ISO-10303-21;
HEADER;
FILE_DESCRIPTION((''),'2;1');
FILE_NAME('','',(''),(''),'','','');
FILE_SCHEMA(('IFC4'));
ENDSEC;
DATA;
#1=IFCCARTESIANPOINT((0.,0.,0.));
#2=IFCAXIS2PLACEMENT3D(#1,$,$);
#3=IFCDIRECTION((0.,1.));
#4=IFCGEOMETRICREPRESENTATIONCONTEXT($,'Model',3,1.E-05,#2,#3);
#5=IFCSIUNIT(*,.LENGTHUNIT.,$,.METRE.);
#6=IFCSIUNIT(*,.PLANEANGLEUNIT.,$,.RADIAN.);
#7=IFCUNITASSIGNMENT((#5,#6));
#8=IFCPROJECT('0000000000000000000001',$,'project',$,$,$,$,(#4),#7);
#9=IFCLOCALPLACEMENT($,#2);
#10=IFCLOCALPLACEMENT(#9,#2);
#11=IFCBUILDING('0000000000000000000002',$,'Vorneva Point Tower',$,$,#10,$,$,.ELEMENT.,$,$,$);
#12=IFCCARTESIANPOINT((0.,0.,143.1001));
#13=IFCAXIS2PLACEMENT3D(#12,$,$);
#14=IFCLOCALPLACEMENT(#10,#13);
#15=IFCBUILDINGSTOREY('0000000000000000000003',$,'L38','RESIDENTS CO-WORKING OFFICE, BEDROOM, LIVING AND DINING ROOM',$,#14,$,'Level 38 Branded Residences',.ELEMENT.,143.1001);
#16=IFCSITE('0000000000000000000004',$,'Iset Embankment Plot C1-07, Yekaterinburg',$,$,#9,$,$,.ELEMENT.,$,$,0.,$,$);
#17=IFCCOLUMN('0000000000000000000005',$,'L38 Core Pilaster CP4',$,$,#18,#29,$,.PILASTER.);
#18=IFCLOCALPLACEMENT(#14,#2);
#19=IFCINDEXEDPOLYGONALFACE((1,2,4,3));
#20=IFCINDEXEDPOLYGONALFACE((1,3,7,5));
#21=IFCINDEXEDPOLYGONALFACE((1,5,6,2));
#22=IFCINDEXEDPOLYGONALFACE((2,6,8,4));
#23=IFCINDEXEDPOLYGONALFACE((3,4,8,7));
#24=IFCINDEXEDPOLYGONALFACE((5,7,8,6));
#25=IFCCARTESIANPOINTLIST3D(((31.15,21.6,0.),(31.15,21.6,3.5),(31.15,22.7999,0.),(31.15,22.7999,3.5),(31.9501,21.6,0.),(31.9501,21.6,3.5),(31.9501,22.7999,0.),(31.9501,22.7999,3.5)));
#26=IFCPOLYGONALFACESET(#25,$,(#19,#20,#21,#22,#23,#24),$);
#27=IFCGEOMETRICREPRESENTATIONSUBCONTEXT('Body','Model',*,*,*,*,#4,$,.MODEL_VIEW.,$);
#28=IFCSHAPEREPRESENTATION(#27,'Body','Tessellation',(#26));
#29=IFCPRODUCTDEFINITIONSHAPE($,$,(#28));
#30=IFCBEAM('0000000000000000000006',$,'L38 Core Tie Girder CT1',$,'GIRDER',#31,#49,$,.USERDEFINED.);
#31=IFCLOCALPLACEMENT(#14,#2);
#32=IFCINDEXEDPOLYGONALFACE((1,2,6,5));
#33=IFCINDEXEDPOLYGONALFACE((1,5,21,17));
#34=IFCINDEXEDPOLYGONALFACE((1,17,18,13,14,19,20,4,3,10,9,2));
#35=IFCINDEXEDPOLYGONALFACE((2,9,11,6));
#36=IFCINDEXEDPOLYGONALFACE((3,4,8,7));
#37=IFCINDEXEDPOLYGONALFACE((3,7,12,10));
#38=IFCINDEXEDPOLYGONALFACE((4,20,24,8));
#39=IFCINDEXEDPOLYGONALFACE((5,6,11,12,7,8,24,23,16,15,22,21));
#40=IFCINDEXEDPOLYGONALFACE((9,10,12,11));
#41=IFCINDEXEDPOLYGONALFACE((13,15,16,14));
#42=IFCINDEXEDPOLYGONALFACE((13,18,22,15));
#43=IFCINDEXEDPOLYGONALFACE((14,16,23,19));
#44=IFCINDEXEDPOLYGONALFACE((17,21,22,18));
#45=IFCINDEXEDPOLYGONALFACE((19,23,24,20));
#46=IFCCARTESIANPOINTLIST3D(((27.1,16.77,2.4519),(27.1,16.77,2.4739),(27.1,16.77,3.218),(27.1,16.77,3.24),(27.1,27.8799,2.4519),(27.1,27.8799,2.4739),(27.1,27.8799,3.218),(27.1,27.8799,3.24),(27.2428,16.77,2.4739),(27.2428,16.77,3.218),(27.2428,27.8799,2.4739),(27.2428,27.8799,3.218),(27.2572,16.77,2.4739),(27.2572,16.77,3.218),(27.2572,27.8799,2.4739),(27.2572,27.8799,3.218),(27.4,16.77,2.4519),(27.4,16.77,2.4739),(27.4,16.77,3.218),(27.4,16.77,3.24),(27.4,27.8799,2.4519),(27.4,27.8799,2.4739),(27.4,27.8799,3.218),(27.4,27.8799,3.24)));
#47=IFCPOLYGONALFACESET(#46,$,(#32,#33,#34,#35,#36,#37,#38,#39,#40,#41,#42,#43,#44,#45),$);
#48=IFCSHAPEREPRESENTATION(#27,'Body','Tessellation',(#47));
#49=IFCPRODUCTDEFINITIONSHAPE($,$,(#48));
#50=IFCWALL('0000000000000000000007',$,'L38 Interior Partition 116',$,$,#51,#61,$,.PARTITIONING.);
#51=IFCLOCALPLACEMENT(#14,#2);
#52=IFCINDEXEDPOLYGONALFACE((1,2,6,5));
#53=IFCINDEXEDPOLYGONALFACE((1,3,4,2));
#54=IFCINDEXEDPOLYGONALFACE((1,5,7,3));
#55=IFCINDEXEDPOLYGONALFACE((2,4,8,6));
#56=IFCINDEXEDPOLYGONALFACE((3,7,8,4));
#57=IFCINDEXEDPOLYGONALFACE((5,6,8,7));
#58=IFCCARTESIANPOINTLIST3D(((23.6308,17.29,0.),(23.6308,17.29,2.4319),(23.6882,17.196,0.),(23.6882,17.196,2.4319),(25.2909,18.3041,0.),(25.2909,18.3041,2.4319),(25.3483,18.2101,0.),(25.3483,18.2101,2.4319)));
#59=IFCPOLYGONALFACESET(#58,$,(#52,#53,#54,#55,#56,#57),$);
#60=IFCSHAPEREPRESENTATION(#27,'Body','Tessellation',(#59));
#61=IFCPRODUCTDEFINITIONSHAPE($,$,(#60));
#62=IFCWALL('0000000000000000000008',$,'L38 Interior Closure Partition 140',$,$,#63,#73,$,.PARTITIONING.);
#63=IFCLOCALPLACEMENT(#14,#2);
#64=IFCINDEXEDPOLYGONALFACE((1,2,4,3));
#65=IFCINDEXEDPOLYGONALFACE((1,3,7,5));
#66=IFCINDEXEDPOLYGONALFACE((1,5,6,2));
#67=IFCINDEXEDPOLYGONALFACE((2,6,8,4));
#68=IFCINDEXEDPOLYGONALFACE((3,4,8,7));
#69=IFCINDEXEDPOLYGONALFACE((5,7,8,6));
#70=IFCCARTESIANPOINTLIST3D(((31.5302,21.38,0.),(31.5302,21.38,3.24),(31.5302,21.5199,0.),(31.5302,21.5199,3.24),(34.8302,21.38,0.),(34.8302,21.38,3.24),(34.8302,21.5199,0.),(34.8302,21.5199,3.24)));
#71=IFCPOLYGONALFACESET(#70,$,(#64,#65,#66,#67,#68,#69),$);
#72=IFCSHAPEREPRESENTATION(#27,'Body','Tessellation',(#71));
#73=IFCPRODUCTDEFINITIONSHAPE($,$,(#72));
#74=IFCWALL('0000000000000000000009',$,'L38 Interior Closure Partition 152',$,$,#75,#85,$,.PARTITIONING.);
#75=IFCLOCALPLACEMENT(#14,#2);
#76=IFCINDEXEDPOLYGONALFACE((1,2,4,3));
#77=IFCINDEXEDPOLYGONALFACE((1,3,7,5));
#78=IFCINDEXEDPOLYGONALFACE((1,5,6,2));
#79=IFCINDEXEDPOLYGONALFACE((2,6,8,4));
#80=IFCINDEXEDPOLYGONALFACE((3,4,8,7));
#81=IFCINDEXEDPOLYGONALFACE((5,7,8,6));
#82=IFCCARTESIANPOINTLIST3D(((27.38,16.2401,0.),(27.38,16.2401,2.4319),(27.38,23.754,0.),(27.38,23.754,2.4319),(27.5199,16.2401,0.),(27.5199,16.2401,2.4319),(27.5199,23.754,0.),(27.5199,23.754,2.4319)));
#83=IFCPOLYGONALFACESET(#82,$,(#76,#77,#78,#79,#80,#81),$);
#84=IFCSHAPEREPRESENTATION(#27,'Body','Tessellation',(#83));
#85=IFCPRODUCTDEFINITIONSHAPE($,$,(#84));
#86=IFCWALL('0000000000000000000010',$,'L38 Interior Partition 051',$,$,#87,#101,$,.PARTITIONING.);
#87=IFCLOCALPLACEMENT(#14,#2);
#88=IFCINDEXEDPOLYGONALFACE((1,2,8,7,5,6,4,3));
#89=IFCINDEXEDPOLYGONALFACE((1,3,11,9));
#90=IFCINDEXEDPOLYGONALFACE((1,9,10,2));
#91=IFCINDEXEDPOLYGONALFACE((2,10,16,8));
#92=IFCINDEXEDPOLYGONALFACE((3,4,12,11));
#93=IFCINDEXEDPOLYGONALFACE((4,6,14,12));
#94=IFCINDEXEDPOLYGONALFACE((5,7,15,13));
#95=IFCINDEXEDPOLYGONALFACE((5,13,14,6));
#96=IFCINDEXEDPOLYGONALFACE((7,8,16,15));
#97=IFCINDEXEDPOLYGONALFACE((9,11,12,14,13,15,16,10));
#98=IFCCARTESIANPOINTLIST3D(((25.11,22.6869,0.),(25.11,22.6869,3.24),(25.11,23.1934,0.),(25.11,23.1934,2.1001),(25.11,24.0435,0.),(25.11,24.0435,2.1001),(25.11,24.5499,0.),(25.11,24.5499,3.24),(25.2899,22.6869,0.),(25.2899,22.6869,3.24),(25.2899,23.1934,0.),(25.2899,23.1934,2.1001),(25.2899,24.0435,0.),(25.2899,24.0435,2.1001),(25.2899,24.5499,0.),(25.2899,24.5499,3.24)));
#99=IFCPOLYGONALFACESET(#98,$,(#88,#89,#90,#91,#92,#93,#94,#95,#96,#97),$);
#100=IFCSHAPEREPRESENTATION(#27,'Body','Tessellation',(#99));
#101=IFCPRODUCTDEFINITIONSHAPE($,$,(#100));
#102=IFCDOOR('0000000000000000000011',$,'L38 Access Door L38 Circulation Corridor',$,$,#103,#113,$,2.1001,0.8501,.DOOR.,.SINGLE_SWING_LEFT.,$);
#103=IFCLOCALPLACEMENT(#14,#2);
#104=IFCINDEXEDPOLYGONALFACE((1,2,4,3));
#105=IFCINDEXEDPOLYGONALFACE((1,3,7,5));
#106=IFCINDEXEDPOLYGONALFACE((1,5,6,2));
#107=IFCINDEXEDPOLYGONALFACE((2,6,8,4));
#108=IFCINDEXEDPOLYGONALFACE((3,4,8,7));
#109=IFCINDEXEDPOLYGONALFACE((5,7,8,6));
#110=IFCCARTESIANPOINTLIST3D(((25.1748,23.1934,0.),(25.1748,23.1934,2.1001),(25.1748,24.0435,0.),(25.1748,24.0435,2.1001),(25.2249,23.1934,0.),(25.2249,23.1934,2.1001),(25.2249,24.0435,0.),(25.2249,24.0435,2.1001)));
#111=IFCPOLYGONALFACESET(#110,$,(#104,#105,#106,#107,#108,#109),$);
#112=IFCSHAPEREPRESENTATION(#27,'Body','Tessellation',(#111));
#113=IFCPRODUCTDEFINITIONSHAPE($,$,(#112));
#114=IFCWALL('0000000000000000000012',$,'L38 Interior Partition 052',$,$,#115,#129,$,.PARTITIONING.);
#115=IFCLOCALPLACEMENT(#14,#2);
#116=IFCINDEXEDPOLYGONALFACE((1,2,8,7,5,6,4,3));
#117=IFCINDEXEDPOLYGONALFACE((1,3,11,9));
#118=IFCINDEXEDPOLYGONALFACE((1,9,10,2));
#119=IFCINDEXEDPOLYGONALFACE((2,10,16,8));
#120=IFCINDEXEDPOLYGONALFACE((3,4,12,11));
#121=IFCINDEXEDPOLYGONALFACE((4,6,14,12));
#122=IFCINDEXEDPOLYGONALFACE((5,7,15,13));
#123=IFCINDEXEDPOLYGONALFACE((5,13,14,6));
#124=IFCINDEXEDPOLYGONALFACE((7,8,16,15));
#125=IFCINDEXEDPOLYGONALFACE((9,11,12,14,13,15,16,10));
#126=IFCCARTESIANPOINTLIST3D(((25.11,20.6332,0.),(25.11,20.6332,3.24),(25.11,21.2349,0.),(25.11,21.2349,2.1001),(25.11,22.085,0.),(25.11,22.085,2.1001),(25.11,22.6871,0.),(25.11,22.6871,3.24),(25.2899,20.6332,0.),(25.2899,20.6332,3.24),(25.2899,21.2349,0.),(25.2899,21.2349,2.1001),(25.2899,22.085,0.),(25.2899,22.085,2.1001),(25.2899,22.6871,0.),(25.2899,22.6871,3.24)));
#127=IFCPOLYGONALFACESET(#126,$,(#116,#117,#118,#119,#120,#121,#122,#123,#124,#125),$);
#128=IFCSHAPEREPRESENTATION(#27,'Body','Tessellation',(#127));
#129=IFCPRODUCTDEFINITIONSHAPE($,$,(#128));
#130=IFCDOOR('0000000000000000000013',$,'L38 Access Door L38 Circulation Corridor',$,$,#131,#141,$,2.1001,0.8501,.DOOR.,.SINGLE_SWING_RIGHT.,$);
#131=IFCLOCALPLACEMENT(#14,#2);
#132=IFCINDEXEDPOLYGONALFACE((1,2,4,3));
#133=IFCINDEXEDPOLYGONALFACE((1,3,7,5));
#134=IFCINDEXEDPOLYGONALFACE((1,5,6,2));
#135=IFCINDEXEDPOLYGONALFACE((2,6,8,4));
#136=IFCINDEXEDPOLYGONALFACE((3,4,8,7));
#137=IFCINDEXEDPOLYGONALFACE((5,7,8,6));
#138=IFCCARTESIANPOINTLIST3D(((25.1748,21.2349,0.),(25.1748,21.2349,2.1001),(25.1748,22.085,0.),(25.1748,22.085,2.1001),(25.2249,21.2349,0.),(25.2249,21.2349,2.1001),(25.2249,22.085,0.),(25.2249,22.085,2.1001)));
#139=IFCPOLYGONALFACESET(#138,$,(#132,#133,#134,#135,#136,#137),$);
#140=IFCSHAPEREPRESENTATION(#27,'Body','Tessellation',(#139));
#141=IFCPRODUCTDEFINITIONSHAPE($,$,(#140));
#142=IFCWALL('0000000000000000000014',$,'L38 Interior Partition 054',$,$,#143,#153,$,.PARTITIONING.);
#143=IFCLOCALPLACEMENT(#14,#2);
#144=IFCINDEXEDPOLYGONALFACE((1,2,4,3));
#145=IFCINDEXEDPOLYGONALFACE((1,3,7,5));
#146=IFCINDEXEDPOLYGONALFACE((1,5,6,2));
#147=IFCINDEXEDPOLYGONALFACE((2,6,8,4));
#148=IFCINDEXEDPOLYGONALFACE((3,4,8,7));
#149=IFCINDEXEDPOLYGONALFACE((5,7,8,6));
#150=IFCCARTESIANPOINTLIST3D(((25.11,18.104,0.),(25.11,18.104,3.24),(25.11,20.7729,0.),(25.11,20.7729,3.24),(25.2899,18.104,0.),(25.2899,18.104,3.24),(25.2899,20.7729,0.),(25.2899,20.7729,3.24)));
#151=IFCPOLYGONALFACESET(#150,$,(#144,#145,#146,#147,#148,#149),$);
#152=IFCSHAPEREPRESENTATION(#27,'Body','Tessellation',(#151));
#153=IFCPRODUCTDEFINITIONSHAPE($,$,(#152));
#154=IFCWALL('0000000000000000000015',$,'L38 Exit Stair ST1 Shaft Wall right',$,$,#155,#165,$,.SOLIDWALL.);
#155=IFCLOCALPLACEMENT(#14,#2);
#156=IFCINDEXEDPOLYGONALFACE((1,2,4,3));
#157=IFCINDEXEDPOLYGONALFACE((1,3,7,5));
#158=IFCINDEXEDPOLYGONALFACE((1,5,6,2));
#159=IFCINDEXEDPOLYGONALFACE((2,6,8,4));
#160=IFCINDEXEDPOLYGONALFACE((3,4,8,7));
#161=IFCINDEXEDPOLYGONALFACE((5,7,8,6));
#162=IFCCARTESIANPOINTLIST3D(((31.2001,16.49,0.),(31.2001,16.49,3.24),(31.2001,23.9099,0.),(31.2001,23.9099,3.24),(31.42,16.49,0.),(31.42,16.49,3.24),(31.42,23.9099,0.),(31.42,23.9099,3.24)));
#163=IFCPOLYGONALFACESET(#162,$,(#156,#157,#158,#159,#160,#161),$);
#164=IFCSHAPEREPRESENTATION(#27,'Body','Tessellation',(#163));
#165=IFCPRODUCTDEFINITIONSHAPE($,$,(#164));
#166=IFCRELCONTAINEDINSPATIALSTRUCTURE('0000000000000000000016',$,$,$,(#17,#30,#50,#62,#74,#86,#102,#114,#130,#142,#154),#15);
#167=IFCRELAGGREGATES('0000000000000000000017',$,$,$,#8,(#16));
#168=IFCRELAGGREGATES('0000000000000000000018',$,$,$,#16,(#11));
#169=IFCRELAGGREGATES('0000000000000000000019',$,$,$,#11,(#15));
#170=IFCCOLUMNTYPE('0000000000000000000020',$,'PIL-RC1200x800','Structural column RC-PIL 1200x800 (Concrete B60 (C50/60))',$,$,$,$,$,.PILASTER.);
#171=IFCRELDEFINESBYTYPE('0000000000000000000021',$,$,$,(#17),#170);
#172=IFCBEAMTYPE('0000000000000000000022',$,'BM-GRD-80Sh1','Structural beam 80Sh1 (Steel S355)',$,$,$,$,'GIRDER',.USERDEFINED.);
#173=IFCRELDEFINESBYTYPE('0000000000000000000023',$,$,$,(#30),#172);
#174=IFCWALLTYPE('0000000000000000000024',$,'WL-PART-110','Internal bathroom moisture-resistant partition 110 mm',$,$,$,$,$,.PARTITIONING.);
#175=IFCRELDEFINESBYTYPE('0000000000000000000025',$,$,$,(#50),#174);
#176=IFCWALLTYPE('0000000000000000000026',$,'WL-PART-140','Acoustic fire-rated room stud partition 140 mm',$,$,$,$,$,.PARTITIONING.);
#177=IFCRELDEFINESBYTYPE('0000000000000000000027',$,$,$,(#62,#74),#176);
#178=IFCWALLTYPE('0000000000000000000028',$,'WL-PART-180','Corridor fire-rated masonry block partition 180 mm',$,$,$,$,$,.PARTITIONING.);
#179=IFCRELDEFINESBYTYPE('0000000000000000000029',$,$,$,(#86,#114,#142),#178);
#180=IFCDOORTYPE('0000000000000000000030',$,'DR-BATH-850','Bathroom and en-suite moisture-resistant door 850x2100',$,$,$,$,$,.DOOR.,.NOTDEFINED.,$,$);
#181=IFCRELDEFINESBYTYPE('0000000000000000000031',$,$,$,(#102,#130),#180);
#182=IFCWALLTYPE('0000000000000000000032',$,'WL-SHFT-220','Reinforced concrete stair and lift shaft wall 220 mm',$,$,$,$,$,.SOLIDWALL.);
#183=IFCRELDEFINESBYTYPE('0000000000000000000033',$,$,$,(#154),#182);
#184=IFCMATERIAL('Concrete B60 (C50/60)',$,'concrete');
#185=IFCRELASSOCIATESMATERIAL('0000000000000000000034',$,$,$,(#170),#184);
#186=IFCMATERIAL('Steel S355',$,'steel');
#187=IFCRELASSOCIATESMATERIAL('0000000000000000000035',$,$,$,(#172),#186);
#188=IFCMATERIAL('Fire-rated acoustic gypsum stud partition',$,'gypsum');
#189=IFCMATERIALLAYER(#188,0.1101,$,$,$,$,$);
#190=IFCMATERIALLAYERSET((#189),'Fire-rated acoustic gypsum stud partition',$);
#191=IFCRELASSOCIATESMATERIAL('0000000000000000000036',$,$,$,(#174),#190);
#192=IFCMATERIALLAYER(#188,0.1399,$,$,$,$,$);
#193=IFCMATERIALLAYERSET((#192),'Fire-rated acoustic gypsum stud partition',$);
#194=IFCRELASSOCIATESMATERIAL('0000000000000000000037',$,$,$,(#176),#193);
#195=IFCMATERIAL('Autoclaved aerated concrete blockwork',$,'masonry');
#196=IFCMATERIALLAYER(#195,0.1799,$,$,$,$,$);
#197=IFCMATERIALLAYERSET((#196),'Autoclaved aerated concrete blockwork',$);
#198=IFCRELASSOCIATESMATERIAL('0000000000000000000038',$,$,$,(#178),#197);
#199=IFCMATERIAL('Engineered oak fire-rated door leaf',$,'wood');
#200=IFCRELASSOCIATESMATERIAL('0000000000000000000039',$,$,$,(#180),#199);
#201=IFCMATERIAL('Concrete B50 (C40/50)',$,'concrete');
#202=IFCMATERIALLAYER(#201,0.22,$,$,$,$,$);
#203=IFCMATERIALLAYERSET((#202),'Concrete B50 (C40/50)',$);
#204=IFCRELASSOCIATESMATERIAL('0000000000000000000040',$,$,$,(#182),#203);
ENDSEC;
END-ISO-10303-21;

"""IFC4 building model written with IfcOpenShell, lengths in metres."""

from ifc_helpers import new_model, si_unit, direction, frame, frame_2d, origin, origin_2d, place, context, subcontext, project, spatial, rectangle, i_section, extrude, material, layer, layer_set, material_profile, profile_set, type_object, element, fill, save


model = new_model("IFC4")

# Units and contexts
model_context = context("Model", 3, precision=1e-05, world=origin(), true_north=direction((0.0, 1.0)))
body_context = subcontext(model_context, "Body", "Model", "MODEL_VIEW")
ifc_project = project(units=[si_unit("LENGTHUNIT", "METRE"), si_unit("PLANEANGLEUNIT", "RADIAN")], contexts=[model_context])

# Site, building, storey
site_placement = place(None, origin())
site = spatial("IfcSite", under=ifc_project, at=site_placement, Name="Iset Embankment Plot C1-07, Yekaterinburg", CompositionType="ELEMENT", RefElevation=0.0)
building_placement = place(site_placement, origin())
building = spatial("IfcBuilding", under=site, at=building_placement, Name="Vorneva Point Tower", CompositionType="ELEMENT")
storey_placement = place(building_placement, frame((0.0, 0.0, 143.1001)))
storey = spatial("IfcBuildingStorey", under=building, at=storey_placement, Name="L38", Description="RESIDENTS CO-WORKING OFFICE, BEDROOM, LIVING AND DINING ROOM", LongName="Level 38 Branded Residences", CompositionType="ELEMENT", Elevation=143.1001)

# Column
ifc_material_1 = material(Name="Concrete B60 (C50/60)", Category="concrete")
ifc_material_profile_1 = material_profile(ifc_material_1, rectangle(XDim=0.8, YDim=1.2, at=origin_2d()), Name="RC-PIL 1200x800")
ifc_profile_set_1 = profile_set([ifc_material_profile_1], Name="Concrete B60 (C50/60)")
column_type = type_object("IfcColumnType", Name="PIL-RC1200x800", Description="Structural column RC-PIL 1200x800 (Concrete B60 (C50/60))", PredefinedType="PILASTER", material=ifc_profile_set_1)
column_placement = place(storey_placement, frame((31.55, 22.2, 0.0), z_axis=(0.0, 0.0, 1.0), x_axis=(1.0, 0.0, 0.0)))
element("IfcColumn", 1, at=column_placement, inside=storey, type_object=column_type, Name="L38 Core Pilaster CP4", PredefinedType="PILASTER", context=body_context, shape_type="SweptSolid", body=[
    extrude(rectangle(XDim=0.8, YDim=1.2, at=origin_2d()), origin(), (0.0, 0.0, 1.0), 3.5),
])

# Beam
ifc_material_2 = material(Name="Steel S355", Category="steel")
ifc_material_profile_2 = material_profile(ifc_material_2, i_section(OverallWidth=0.3, OverallDepth=0.7881, WebThickness=0.0144, FlangeThickness=0.022, at=origin_2d()), Name="80Sh1")
ifc_profile_set_2 = profile_set([ifc_material_profile_2], Name="Steel S355")
beam_type = type_object("IfcBeamType", Name="BM-GRD-80Sh1", Description="Structural beam 80Sh1 (Steel S355)", ElementType="GIRDER", PredefinedType="USERDEFINED", material=ifc_profile_set_2)
beam_placement = place(storey_placement, frame((27.25, 16.77, 2.8459), z_axis=(0.0, 1.0, 0.0), x_axis=(-1.0, 0.0, 0.0)))
element("IfcBeam", 2, at=beam_placement, inside=storey, type_object=beam_type, Name="L38 Core Tie Girder CT1", ObjectType="GIRDER", PredefinedType="USERDEFINED", context=body_context, shape_type="SweptSolid", body=[
    extrude(i_section(OverallWidth=0.3, OverallDepth=0.7881, WebThickness=0.0144, FlangeThickness=0.022, at=origin_2d()), origin(), (0.0, 0.0, 1.0), 11.1099),
])

# Walls
ifc_material_3 = material(Name="Fire-rated acoustic gypsum stud partition", Category="gypsum")
ifc_layer_1 = layer(ifc_material_3, 0.1101)
ifc_layer_set_1 = layer_set([ifc_layer_1], Name="Fire-rated acoustic gypsum stud partition")
wall_type_1 = type_object("IfcWallType", Name="WL-PART-110", Description="Internal bathroom moisture-resistant partition 110 mm", PredefinedType="PARTITIONING", material=ifc_layer_set_1)
wall_1_placement = place(storey_placement, frame((25.3196, 18.2571, 0.0), z_axis=(0.0, 0.0, 1.0), x_axis=(-0.853369, -0.521308, 0.0)))
element("IfcWall", 3, at=wall_1_placement, inside=storey, type_object=wall_type_1, Name="L38 Interior Partition 116", PredefinedType="PARTITIONING", context=body_context, shape_type="SweptSolid", body=[
    extrude(rectangle(XDim=1.9453, YDim=0.1101, at=frame_2d((0.9727, 0.0))), origin(), (0.0, 0.0, 1.0), 2.4319),
])
ifc_layer_2 = layer(ifc_material_3, 0.1399)
ifc_layer_set_2 = layer_set([ifc_layer_2], Name="Fire-rated acoustic gypsum stud partition")
wall_type_2 = type_object("IfcWallType", Name="WL-PART-140", Description="Acoustic fire-rated room stud partition 140 mm", PredefinedType="PARTITIONING", material=ifc_layer_set_2)
wall_2_placement = place(storey_placement, frame((34.8301, 21.45, 0.0), z_axis=(0.0, 0.0, 1.0), x_axis=(-1.0, 0.0, 0.0)))
element("IfcWall", 4, at=wall_2_placement, inside=storey, type_object=wall_type_2, Name="L38 Interior Closure Partition 140", PredefinedType="PARTITIONING", context=body_context, shape_type="SweptSolid", body=[
    extrude(rectangle(XDim=3.3, YDim=0.1399, at=frame_2d((1.6499, 0.0))), origin(), (0.0, 0.0, 1.0), 3.24),
])
wall_3_placement = place(storey_placement, frame((27.45, 23.7539, 0.0), z_axis=(0.0, 0.0, 1.0), x_axis=(0.0, -1.0, 0.0)))
element("IfcWall", 5, at=wall_3_placement, inside=storey, type_object=wall_type_2, Name="L38 Interior Closure Partition 152", PredefinedType="PARTITIONING", context=body_context, shape_type="SweptSolid", body=[
    extrude(rectangle(XDim=7.5139, YDim=0.1399, at=frame_2d((3.7568, 0.0))), origin(), (0.0, 0.0, 1.0), 2.4319),
])

# Walls, openings, doors
ifc_material_4 = material(Name="Autoclaved aerated concrete blockwork", Category="masonry")
ifc_layer_3 = layer(ifc_material_4, 0.1799)
ifc_layer_set_3 = layer_set([ifc_layer_3], Name="Autoclaved aerated concrete blockwork")
wall_type_3 = type_object("IfcWallType", Name="WL-PART-180", Description="Corridor fire-rated masonry block partition 180 mm", PredefinedType="PARTITIONING", material=ifc_layer_set_3)
wall_4_placement = place(storey_placement, frame((25.2, 24.55, 0.0), z_axis=(0.0, 0.0, 1.0), x_axis=(0.0, -1.0, 0.0)))
wall_4 = element("IfcWall", 6, at=wall_4_placement, inside=storey, type_object=wall_type_3, Name="L38 Interior Partition 051", PredefinedType="PARTITIONING", context=body_context, shape_type="SweptSolid", body=[
    extrude(rectangle(XDim=1.863, YDim=0.1799, at=frame_2d((0.9316, 0.0))), origin(), (0.0, 0.0, 1.0), 3.24),
])
opening_1_placement = place(wall_4_placement, frame((0.5066, 0.0, 0.0)))
opening_1 = element("IfcOpeningElement", 7, at=opening_1_placement, cuts=wall_4, PredefinedType="OPENING", context=body_context, shape_type="SweptSolid", body=[
    extrude(rectangle(XDim=0.8501, YDim=2.1001, at=frame_2d((0.425, 1.05))), frame((0.0, 0.105, 0.0), z_axis=(0.0, -1.0, 0.0), x_axis=(1.0, 0.0, 0.0)), (0.0, 0.0, 1.0), 0.2097),
])
ifc_material_5 = material(Name="Engineered oak fire-rated door leaf", Category="wood")
door_type_1 = type_object("IfcDoorType", Name="DR-BATH-850", Description="Bathroom and en-suite moisture-resistant door 850x2100", OperationType="NOTDEFINED", PredefinedType="DOOR", material=ifc_material_5)
door_1_placement = place(opening_1_placement, origin())
door_1 = element("IfcDoor", 8, at=door_1_placement, inside=storey, type_object=door_type_1, Name="L38 Access Door L38 Circulation Corridor", OperationType="SINGLE_SWING_LEFT", OverallHeight=2.1001, OverallWidth=0.8501, PredefinedType="DOOR", context=body_context, shape_type="SweptSolid", body=[
    extrude(rectangle(XDim=0.8501, YDim=2.1001, at=frame_2d((0.425, 1.05))), frame((0.0, 0.0249, 0.0), z_axis=(0.0, -1.0, 0.0), x_axis=(1.0, 0.0, 0.0)), (0.0, 0.0, 1.0), 0.05),
])
fill(opening_1, door_1)
wall_5_placement = place(storey_placement, frame((25.2, 22.687, 0.0), z_axis=(0.0, 0.0, 1.0), x_axis=(0.0, -1.0, 0.0)))
wall_5 = element("IfcWall", 9, at=wall_5_placement, inside=storey, type_object=wall_type_3, Name="L38 Interior Partition 052", PredefinedType="PARTITIONING", context=body_context, shape_type="SweptSolid", body=[
    extrude(rectangle(XDim=2.054, YDim=0.1799, at=frame_2d((1.0269, 0.0))), origin(), (0.0, 0.0, 1.0), 3.24),
])
opening_2_placement = place(wall_5_placement, frame((0.6021, 0.0, 0.0)))
opening_2 = element("IfcOpeningElement", 10, at=opening_2_placement, cuts=wall_5, PredefinedType="OPENING", context=body_context, shape_type="SweptSolid", body=[
    extrude(rectangle(XDim=0.8501, YDim=2.1001, at=frame_2d((0.425, 1.05))), frame((0.0, 0.105, 0.0), z_axis=(0.0, -1.0, 0.0), x_axis=(1.0, 0.0, 0.0)), (0.0, 0.0, 1.0), 0.2097),
])
door_2_placement = place(opening_2_placement, origin())
door_2 = element("IfcDoor", 11, at=door_2_placement, inside=storey, type_object=door_type_1, Name="L38 Access Door L38 Circulation Corridor", OperationType="SINGLE_SWING_RIGHT", OverallHeight=2.1001, OverallWidth=0.8501, PredefinedType="DOOR", context=body_context, shape_type="SweptSolid", body=[
    extrude(rectangle(XDim=0.8501, YDim=2.1001, at=frame_2d((0.425, 1.05))), frame((0.0, 0.0249, 0.0), z_axis=(0.0, -1.0, 0.0), x_axis=(1.0, 0.0, 0.0)), (0.0, 0.0, 1.0), 0.05),
])
fill(opening_2, door_2)

# Wall
wall_6_placement = place(storey_placement, frame((25.2, 20.7729, 0.0), z_axis=(0.0, 0.0, 1.0), x_axis=(0.0, -1.0, 0.0)))
element("IfcWall", 12, at=wall_6_placement, inside=storey, type_object=wall_type_3, Name="L38 Interior Partition 054", PredefinedType="PARTITIONING", context=body_context, shape_type="SweptSolid", body=[
    extrude(rectangle(XDim=2.6689, YDim=0.1799, at=frame_2d((1.3345, 0.0))), origin(), (0.0, 0.0, 1.0), 3.24),
])

# Shared definitions
ifc_material_6 = material(Name="Concrete B50 (C40/50)", Category="concrete")
ifc_layer_4 = layer(ifc_material_6, 0.22)
ifc_layer_set_4 = layer_set([ifc_layer_4], Name="Concrete B50 (C40/50)")
wall_type_4 = type_object("IfcWallType", Name="WL-SHFT-220", Description="Reinforced concrete stair and lift shaft wall 220 mm", PredefinedType="SOLIDWALL", material=ifc_layer_set_4)

# Wall
wall_7_placement = place(storey_placement, frame((31.3101, 23.9099, 0.0), z_axis=(0.0, 0.0, 1.0), x_axis=(0.0, -1.0, 0.0)))
element("IfcWall", 13, at=wall_7_placement, inside=storey, type_object=wall_type_4, Name="L38 Exit Stair ST1 Shaft Wall right", PredefinedType="SOLIDWALL", context=body_context, shape_type="SweptSolid", body=[
    extrude(rectangle(XDim=7.4199, YDim=0.22, at=frame_2d((3.71, 0.0))), origin(), (0.0, 0.0, 1.0), 3.24),
])

save(model, "model.ifc")
